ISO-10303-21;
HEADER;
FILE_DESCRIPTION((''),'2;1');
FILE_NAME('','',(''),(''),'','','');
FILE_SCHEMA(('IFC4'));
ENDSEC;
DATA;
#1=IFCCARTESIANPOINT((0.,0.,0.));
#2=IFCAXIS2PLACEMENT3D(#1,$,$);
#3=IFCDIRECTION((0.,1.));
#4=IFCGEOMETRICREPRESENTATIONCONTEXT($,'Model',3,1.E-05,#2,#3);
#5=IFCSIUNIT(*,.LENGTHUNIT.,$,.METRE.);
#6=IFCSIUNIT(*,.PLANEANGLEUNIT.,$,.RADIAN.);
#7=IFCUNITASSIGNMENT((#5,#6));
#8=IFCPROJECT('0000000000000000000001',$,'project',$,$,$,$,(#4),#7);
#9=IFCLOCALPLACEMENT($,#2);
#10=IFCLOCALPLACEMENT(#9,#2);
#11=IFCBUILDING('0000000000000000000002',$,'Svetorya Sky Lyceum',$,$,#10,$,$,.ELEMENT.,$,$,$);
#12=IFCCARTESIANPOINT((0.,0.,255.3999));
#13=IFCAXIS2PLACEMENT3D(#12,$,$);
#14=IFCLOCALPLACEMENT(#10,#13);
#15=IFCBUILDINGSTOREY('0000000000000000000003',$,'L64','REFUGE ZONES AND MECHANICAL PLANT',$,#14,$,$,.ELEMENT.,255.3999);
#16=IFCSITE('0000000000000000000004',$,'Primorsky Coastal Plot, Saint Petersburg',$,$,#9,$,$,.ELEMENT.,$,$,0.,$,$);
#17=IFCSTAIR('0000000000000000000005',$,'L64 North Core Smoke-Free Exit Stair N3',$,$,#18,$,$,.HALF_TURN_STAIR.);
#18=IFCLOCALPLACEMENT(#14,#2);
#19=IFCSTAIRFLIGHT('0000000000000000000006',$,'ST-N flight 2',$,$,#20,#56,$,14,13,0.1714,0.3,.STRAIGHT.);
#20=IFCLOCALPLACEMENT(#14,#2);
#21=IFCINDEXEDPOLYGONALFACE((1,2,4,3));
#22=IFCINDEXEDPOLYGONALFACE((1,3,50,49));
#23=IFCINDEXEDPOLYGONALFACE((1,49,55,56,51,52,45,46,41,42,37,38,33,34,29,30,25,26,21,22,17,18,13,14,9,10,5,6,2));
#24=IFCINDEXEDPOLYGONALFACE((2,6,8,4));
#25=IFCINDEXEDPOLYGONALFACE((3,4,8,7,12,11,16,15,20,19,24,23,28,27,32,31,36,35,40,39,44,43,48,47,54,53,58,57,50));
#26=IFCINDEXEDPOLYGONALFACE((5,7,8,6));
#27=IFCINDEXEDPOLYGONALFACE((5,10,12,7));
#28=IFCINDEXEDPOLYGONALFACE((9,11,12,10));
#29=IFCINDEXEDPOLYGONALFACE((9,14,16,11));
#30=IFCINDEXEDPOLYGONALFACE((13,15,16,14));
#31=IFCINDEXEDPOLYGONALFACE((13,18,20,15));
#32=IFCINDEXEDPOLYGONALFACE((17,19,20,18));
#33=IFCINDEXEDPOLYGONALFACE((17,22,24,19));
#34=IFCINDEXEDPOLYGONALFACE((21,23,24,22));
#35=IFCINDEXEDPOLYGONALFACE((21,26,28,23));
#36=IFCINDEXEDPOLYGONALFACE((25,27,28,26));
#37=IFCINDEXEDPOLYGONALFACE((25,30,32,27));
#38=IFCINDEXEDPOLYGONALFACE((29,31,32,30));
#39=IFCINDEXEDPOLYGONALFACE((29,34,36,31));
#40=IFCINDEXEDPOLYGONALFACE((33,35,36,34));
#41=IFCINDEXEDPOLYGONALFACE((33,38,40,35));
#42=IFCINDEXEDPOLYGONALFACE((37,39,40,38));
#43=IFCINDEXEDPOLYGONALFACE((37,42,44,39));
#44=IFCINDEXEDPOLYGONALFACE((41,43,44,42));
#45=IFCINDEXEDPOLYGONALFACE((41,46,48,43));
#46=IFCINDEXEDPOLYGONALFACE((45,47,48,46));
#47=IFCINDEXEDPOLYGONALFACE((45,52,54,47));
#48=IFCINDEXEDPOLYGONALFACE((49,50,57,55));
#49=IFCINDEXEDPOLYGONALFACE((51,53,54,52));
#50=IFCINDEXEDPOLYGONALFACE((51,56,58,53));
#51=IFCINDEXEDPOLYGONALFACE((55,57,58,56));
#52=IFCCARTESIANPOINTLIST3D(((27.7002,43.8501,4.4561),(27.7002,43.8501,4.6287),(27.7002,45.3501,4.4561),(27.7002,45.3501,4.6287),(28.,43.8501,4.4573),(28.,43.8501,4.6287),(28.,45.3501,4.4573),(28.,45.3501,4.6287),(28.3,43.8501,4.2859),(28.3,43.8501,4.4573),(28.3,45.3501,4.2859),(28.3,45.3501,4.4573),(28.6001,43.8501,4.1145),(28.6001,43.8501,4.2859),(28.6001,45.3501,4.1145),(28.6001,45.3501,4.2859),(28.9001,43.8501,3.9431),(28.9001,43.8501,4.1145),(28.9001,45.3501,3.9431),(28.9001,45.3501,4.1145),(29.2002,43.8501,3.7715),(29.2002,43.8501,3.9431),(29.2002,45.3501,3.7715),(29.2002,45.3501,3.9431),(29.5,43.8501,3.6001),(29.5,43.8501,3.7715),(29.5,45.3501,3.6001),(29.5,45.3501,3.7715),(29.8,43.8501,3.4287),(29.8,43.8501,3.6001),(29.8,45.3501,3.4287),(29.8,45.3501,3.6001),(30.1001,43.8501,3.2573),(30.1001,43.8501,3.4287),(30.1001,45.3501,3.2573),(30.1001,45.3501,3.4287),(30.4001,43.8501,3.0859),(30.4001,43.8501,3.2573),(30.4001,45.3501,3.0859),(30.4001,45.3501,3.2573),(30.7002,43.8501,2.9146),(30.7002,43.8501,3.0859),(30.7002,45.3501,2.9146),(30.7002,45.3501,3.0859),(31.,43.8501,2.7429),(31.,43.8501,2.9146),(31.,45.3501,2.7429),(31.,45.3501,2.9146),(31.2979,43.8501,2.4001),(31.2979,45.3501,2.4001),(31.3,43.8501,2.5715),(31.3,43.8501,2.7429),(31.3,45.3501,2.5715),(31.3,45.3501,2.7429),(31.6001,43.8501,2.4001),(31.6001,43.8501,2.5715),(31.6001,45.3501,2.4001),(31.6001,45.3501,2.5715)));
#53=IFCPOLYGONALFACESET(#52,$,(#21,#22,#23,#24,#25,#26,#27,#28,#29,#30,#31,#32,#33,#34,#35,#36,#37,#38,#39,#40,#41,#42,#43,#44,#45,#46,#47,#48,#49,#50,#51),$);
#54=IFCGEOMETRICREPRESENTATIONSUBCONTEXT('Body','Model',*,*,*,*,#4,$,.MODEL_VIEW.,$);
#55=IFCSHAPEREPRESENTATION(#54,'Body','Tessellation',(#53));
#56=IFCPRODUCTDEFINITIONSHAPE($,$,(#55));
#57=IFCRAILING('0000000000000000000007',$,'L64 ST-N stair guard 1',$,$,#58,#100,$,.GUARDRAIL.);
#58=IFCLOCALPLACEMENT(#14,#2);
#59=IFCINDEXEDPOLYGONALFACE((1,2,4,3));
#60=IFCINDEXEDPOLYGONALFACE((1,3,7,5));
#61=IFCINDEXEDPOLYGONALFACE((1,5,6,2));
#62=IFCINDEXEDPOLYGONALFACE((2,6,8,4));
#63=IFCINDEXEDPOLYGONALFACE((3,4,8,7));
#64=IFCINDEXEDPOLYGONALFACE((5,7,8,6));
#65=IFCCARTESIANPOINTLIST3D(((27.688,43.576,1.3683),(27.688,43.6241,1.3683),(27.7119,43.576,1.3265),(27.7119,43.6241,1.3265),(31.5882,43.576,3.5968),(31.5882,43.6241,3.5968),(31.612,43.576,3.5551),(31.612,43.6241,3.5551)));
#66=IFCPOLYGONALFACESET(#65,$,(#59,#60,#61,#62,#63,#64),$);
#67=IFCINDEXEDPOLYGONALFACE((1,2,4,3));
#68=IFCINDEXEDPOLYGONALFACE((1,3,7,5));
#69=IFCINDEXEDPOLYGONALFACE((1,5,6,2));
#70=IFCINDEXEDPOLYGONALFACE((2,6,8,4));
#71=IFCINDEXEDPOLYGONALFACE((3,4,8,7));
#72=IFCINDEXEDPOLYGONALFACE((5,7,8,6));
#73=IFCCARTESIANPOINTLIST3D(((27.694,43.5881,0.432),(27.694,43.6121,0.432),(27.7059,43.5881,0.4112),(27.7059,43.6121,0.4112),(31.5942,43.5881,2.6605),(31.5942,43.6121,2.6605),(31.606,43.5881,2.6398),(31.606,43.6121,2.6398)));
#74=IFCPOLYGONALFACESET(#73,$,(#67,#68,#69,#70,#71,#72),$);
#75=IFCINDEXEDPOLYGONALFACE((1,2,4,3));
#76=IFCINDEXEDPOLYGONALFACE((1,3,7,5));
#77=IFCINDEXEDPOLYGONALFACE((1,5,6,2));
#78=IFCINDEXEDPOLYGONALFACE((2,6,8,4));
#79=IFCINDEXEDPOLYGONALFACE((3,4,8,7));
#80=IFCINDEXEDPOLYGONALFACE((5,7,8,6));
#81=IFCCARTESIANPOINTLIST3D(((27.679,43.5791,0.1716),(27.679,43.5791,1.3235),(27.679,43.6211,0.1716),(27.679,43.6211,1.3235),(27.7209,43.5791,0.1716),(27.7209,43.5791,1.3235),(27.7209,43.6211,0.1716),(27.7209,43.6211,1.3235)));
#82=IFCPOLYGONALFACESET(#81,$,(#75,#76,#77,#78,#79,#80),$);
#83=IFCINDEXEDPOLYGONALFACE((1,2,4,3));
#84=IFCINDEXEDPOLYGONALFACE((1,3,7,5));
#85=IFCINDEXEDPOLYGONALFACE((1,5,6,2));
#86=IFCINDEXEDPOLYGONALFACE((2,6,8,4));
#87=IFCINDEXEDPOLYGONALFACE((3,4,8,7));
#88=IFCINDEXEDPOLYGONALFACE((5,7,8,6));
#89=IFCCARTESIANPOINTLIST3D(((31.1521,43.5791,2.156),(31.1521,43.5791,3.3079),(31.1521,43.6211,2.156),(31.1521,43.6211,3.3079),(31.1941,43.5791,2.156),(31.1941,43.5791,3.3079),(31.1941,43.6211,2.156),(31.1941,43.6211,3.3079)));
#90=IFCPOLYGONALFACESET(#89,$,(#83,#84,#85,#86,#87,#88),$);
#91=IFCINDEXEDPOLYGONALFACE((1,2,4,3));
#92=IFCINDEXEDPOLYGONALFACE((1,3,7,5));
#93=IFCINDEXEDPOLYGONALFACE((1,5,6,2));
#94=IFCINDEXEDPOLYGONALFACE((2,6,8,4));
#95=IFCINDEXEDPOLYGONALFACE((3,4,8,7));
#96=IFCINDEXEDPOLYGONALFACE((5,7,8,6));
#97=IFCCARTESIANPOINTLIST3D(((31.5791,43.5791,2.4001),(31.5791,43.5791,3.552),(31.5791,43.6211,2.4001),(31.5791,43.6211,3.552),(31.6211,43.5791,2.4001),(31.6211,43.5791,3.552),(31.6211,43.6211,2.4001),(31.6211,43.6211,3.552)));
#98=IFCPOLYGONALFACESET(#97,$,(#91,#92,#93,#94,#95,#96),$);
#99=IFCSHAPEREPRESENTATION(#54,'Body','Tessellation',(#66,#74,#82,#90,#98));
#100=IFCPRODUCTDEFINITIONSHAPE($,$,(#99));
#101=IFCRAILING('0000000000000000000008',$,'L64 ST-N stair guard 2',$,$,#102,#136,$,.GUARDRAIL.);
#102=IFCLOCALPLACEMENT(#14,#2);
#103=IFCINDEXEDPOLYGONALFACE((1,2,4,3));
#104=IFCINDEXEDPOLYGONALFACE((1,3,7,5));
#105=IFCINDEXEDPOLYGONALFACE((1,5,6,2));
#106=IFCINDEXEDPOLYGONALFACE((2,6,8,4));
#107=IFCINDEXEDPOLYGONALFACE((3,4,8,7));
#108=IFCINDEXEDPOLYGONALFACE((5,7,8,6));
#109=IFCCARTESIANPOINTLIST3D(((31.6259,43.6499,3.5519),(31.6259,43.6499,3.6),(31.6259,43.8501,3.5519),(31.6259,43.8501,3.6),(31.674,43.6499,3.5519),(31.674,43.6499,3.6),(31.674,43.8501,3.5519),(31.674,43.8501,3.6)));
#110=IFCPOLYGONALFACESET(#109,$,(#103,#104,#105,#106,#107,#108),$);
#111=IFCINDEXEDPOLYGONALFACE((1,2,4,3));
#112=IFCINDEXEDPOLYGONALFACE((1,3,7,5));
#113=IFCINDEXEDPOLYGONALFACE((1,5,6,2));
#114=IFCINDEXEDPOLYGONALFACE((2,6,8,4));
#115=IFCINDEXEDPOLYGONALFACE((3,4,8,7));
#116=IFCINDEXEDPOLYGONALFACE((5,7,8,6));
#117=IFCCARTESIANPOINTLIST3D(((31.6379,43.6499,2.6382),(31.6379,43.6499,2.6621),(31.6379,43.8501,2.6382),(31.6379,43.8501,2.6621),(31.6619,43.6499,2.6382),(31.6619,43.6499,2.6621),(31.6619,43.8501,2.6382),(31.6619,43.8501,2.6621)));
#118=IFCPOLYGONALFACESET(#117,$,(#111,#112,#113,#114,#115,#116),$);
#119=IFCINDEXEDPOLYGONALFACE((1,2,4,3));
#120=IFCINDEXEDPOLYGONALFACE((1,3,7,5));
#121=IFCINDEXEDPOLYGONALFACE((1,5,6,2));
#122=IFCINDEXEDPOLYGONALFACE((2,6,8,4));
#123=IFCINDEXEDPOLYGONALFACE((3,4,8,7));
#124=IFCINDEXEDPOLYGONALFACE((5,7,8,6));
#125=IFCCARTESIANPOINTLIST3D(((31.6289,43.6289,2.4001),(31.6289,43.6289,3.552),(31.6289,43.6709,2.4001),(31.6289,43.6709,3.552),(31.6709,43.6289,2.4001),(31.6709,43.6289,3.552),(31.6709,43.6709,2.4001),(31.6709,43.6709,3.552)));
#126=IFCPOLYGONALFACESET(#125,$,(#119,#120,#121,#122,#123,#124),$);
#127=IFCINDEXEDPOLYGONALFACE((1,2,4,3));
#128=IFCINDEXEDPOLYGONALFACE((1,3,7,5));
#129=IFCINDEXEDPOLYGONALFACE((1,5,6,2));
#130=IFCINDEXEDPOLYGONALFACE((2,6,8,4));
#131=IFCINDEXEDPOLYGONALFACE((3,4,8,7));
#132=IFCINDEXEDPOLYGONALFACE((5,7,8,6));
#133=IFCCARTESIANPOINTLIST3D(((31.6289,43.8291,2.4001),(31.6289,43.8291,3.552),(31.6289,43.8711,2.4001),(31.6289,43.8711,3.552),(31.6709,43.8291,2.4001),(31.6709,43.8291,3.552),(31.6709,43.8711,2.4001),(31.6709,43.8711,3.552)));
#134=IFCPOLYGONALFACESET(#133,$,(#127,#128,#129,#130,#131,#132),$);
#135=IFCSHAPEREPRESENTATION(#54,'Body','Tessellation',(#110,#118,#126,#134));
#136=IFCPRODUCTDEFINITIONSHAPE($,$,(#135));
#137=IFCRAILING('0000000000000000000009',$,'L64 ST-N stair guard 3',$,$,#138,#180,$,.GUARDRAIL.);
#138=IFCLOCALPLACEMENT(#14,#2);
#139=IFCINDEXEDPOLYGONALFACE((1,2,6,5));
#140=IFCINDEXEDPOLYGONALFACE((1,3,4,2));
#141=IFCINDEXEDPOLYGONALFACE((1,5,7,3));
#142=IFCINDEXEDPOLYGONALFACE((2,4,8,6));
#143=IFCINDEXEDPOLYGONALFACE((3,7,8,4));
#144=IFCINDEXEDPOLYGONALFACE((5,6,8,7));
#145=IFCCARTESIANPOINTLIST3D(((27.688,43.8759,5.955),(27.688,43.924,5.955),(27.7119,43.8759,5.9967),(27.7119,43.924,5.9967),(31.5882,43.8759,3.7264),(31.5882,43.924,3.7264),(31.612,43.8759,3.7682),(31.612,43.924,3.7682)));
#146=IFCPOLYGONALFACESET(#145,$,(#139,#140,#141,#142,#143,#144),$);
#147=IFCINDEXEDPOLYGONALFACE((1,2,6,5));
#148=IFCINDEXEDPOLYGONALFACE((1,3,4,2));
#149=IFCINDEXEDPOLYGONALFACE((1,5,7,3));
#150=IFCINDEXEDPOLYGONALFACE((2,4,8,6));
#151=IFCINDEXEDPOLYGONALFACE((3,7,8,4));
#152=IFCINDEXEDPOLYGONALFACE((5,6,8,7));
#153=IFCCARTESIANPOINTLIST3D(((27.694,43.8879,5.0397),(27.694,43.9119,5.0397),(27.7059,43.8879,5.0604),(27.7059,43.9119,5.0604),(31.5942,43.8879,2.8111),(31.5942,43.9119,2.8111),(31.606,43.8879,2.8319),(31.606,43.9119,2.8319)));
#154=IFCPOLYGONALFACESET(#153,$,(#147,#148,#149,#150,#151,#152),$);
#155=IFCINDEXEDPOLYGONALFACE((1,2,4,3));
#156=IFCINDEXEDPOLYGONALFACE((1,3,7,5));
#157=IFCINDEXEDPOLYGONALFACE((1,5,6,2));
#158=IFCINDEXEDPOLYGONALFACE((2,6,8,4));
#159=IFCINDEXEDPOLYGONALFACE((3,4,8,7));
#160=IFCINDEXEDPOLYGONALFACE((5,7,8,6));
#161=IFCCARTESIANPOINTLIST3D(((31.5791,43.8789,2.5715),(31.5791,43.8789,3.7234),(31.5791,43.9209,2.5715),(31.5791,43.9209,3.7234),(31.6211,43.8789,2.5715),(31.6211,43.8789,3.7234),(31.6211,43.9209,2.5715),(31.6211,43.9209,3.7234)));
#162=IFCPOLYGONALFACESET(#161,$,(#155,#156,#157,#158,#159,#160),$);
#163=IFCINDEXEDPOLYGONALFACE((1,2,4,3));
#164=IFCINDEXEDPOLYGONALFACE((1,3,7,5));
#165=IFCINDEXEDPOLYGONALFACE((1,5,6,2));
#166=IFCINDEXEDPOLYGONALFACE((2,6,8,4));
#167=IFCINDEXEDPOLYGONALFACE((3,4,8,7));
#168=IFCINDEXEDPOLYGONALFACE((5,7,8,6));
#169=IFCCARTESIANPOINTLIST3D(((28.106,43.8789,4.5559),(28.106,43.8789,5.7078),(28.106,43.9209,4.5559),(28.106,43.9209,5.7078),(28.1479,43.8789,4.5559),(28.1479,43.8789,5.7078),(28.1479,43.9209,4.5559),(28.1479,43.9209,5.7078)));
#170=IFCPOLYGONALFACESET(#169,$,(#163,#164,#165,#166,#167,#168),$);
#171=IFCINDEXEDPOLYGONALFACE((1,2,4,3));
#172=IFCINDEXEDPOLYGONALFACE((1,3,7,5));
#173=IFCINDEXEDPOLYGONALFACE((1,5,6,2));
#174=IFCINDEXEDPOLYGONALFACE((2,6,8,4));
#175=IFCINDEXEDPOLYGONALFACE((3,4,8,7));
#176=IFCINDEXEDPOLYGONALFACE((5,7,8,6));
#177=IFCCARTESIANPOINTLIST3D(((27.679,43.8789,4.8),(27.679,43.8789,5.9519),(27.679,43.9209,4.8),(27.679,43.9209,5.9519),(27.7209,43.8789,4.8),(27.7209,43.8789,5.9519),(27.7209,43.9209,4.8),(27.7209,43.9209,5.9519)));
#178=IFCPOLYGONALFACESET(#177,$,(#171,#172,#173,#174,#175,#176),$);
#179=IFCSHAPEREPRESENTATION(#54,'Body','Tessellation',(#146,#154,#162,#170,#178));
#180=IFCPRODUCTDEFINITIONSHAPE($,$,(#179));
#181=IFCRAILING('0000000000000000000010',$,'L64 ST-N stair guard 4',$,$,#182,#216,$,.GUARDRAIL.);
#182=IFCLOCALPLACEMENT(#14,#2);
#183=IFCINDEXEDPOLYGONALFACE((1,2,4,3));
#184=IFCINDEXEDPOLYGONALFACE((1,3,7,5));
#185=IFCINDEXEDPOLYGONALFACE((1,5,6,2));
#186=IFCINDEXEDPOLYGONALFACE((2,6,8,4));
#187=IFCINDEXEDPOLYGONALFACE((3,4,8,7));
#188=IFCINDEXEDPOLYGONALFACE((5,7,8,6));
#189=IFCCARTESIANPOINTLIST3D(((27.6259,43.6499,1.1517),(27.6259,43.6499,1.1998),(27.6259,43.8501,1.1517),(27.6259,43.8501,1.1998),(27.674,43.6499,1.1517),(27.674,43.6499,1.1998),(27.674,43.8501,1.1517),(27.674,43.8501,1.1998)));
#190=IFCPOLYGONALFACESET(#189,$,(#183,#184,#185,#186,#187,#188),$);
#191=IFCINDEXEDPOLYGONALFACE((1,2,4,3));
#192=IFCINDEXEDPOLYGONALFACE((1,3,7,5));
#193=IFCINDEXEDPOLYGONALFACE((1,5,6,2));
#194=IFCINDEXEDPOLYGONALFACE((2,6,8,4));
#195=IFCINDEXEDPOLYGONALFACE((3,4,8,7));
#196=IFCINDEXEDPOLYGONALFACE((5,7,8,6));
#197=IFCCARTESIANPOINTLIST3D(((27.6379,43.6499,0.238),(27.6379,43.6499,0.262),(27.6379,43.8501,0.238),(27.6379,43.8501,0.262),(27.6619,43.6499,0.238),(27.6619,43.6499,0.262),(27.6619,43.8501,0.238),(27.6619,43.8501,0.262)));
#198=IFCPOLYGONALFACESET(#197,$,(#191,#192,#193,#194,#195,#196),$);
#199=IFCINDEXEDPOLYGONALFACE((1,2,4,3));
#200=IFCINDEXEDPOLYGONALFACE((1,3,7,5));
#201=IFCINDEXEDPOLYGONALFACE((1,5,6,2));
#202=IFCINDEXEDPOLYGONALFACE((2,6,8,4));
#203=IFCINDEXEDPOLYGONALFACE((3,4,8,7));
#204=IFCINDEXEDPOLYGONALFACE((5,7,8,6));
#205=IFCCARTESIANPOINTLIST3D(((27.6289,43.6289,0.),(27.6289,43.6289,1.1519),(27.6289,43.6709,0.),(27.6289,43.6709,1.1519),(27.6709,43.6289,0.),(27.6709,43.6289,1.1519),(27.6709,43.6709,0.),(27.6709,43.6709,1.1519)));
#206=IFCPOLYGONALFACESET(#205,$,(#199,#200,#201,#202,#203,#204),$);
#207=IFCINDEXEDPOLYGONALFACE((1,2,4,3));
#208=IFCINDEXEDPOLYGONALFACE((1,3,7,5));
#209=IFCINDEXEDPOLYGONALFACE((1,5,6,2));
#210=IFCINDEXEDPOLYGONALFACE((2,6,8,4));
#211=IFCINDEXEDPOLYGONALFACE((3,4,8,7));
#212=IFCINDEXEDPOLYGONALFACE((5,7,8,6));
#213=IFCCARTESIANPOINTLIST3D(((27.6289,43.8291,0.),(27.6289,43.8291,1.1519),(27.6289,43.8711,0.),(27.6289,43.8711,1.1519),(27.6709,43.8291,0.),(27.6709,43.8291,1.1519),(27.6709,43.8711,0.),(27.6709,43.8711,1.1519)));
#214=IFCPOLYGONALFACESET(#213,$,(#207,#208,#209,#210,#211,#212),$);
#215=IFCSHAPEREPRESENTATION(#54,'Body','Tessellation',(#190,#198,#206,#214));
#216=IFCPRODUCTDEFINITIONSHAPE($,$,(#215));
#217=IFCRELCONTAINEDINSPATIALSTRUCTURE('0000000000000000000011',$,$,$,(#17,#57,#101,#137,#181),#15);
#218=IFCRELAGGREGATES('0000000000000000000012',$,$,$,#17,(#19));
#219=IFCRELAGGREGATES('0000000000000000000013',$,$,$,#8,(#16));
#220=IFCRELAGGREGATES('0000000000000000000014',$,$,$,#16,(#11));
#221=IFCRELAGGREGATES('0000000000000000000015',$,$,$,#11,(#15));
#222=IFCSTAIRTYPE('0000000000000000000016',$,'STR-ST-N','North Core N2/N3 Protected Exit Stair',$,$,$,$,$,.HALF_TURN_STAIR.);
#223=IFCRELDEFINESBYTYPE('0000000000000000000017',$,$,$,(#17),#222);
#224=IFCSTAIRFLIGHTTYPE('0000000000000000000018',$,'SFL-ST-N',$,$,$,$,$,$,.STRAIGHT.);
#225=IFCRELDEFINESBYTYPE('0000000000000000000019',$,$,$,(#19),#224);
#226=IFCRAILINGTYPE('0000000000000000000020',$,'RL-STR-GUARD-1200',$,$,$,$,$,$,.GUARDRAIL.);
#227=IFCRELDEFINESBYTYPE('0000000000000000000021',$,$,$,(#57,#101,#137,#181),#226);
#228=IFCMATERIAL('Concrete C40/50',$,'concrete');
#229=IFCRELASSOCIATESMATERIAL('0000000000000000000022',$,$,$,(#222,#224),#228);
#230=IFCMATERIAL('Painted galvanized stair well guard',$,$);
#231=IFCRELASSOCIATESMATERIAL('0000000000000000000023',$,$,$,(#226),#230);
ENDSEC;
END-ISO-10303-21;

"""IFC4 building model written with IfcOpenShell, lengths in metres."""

from ifc_helpers import new_model, si_unit, direction, frame, origin, origin_2d, place, context, subcontext, project, spatial, polyline, rectangle, outline, extrude, material, type_object, element, aggregate, save


model = new_model("IFC4")

# Units and contexts
model_context = context("Model", 3, precision=1e-05, world=origin(), true_north=direction((0.0, 1.0)))
body_context = subcontext(model_context, "Body", "Model", "MODEL_VIEW")
ifc_project = project(units=[si_unit("LENGTHUNIT", "METRE"), si_unit("PLANEANGLEUNIT", "RADIAN")], contexts=[model_context])

# Site, building, storey
site_placement = place(None, origin())
site = spatial("IfcSite", under=ifc_project, at=site_placement, Name="Primorsky Coastal Plot, Saint Petersburg", CompositionType="ELEMENT", RefElevation=0.0)
building_placement = place(site_placement, origin())
building = spatial("IfcBuilding", under=site, at=building_placement, Name="Svetorya Sky Lyceum", CompositionType="ELEMENT")
storey_placement = place(building_placement, frame((0.0, 0.0, 255.3999)))
storey = spatial("IfcBuildingStorey", under=building, at=storey_placement, Name="L64", Description="REFUGE ZONES AND MECHANICAL PLANT", CompositionType="ELEMENT", Elevation=255.3999)

# Shared definitions
ifc_material_1 = material(Name="Concrete C40/50", Category="concrete")

# Stair, stair flight
stair_type = type_object("IfcStairType", Name="STR-ST-N", Description="North Core N2/N3 Protected Exit Stair", PredefinedType="HALF_TURN_STAIR", material=ifc_material_1)
stair_placement = place(storey_placement, origin())
stair = element("IfcStair", 1, at=stair_placement, inside=storey, type_object=stair_type, Name="L64 North Core Smoke-Free Exit Stair N3", PredefinedType="HALF_TURN_STAIR")
stair_flight_type = type_object("IfcStairFlightType", Name="SFL-ST-N", PredefinedType="STRAIGHT", material=ifc_material_1)
stair_flight_1_placement = place(storey_placement, frame((31.6001, 44.6001, 2.4001), z_axis=(0.0, 0.0, 1.0), x_axis=(-1.0, 0.0, 0.0)))
stair_flight_1 = element("IfcStairFlight", 2, at=stair_flight_1_placement, type_object=stair_flight_type, Name="ST-N flight 2", NumberOfRisers=14, NumberOfTreads=13, PredefinedType="STRAIGHT", RiserHeight=0.1714, TreadLength=0.3, context=body_context, shape_type="SweptSolid", body=[
    extrude(outline(polyline([(0.0, 0.0), (0.0, 0.1714), (0.3, 0.1714), (0.3, 0.3428), (0.6001, 0.3428), (0.6001, 0.5144), (0.8999, 0.5144), (0.8999, 0.6858), (1.2, 0.6858), (1.2, 0.8572), (1.5, 0.8572), (1.5, 1.0286), (1.8, 1.0286), (1.8, 1.2), (2.1001, 1.2), (2.1001, 1.3713), (2.3999, 1.3713), (2.3999, 1.543), (2.7, 1.543), (2.7, 1.7144), (3.0, 1.7144), (3.0, 1.8857), (3.3, 1.8857), (3.3, 2.0571), (3.6001, 2.0571), (3.6001, 2.2285), (3.8999, 2.2285), (3.8999, 2.3999), (3.8999, 2.0559), (0.3022, 0.0), (0.0, 0.0)])), frame((0.0, 0.75, 0.0), z_axis=(0.0, -1.0, 0.0), x_axis=(1.0, 0.0, 0.0)), (0.0, 0.0, 1.0), 1.5),
])
aggregate(stair, [stair_flight_1])

# Railings
ifc_material_2 = material(Name="Painted galvanized stair well guard")
railing_type_1 = type_object("IfcRailingType", Name="RL-STR-GUARD-1200", PredefinedType="GUARDRAIL", material=ifc_material_2)
railing_1_placement = place(storey_placement, frame((27.7, 43.6001, 0.1716)))
element("IfcRailing", 3, at=railing_1_placement, inside=storey, type_object=railing_type_1, Name="L64 ST-N stair guard 1", PredefinedType="GUARDRAIL", context=body_context, shape_type="SweptSolid", body=[
    extrude(rectangle(XDim=0.0481, YDim=0.0481, at=origin_2d()), frame((0.0, 0.0, 1.1758), z_axis=(0.868257, 0.0, 0.496116), x_axis=(0.0, 1.0, 0.0)), (0.0, 0.0, 1.0), 4.4919),
    extrude(rectangle(XDim=0.0239, YDim=0.0239, at=origin_2d()), frame((0.0, 0.0, 0.25), z_axis=(0.868257, 0.0, 0.496116), x_axis=(0.0, 1.0, 0.0)), (0.0, 0.0, 1.0), 4.4919),
    extrude(rectangle(XDim=0.042, YDim=0.042, at=origin_2d()), origin(), (0.0, 0.0, 1.0), 1.1519),
    extrude(rectangle(XDim=0.042, YDim=0.042, at=origin_2d()), frame((3.4731, 0.0, 1.9844)), (0.0, 0.0, 1.0), 1.1519),
    extrude(rectangle(XDim=0.042, YDim=0.042, at=origin_2d()), frame((3.9001, 0.0, 2.2285)), (0.0, 0.0, 1.0), 1.1519),
])
railing_2_placement = place(storey_placement, frame((31.6499, 43.6499, 2.4001)))
element("IfcRailing", 4, at=railing_2_placement, inside=storey, type_object=railing_type_1, Name="L64 ST-N stair guard 2", PredefinedType="GUARDRAIL", context=body_context, shape_type="SweptSolid", body=[
    extrude(rectangle(XDim=0.0481, YDim=0.0481, at=origin_2d()), frame((0.0, 0.0, 1.1758), z_axis=(0.0, 1.0, 0.0), x_axis=(-1.0, 0.0, 0.0)), (0.0, 0.0, 1.0), 0.2002),
    extrude(rectangle(XDim=0.0239, YDim=0.0239, at=origin_2d()), frame((0.0, 0.0, 0.25), z_axis=(0.0, 1.0, 0.0), x_axis=(-1.0, 0.0, 0.0)), (0.0, 0.0, 1.0), 0.2002),
    extrude(rectangle(XDim=0.042, YDim=0.042, at=origin_2d()), origin(), (0.0, 0.0, 1.0), 1.1519),
    extrude(rectangle(XDim=0.042, YDim=0.042, at=origin_2d()), frame((0.0, 0.2002, 0.0)), (0.0, 0.0, 1.0), 1.1519),
])
railing_3_placement = place(storey_placement, frame((31.6001, 43.8999, 2.5715)))
element("IfcRailing", 5, at=railing_3_placement, inside=storey, type_object=railing_type_1, Name="L64 ST-N stair guard 3", PredefinedType="GUARDRAIL", context=body_context, shape_type="SweptSolid", body=[
    extrude(rectangle(XDim=0.0481, YDim=0.0481, at=origin_2d()), frame((0.0, 0.0, 1.1758), z_axis=(-0.868257, 0.0, 0.496116), x_axis=(0.0, -1.0, 0.0)), (0.0, 0.0, 1.0), 4.4919),
    extrude(rectangle(XDim=0.0239, YDim=0.0239, at=origin_2d()), frame((0.0, 0.0, 0.25), z_axis=(-0.868257, 0.0, 0.496116), x_axis=(0.0, -1.0, 0.0)), (0.0, 0.0, 1.0), 4.4919),
    extrude(rectangle(XDim=0.042, YDim=0.042, at=origin_2d()), origin(), (0.0, 0.0, 1.0), 1.1519),
    extrude(rectangle(XDim=0.042, YDim=0.042, at=origin_2d()), frame((-3.4731, 0.0, 1.9844)), (0.0, 0.0, 1.0), 1.1519),
    extrude(rectangle(XDim=0.042, YDim=0.042, at=origin_2d()), frame((-3.9001, 0.0, 2.2285)), (0.0, 0.0, 1.0), 1.1519),
])
railing_4_placement = place(storey_placement, frame((27.6499, 43.6499, 0.0)))
element("IfcRailing", 6, at=railing_4_placement, inside=storey, type_object=railing_type_1, Name="L64 ST-N stair guard 4", PredefinedType="GUARDRAIL", context=body_context, shape_type="SweptSolid", body=[
    extrude(rectangle(XDim=0.0481, YDim=0.0481, at=origin_2d()), frame((0.0, 0.0, 1.1758), z_axis=(0.0, 1.0, 0.0), x_axis=(-1.0, 0.0, 0.0)), (0.0, 0.0, 1.0), 0.2002),
    extrude(rectangle(XDim=0.0239, YDim=0.0239, at=origin_2d()), frame((0.0, 0.0, 0.25), z_axis=(0.0, 1.0, 0.0), x_axis=(-1.0, 0.0, 0.0)), (0.0, 0.0, 1.0), 0.2002),
    extrude(rectangle(XDim=0.042, YDim=0.042, at=origin_2d()), origin(), (0.0, 0.0, 1.0), 1.1519),
    extrude(rectangle(XDim=0.042, YDim=0.042, at=origin_2d()), frame((0.0, 0.2002, 0.0)), (0.0, 0.0, 1.0), 1.1519),
])

save(model, "model.ifc")
